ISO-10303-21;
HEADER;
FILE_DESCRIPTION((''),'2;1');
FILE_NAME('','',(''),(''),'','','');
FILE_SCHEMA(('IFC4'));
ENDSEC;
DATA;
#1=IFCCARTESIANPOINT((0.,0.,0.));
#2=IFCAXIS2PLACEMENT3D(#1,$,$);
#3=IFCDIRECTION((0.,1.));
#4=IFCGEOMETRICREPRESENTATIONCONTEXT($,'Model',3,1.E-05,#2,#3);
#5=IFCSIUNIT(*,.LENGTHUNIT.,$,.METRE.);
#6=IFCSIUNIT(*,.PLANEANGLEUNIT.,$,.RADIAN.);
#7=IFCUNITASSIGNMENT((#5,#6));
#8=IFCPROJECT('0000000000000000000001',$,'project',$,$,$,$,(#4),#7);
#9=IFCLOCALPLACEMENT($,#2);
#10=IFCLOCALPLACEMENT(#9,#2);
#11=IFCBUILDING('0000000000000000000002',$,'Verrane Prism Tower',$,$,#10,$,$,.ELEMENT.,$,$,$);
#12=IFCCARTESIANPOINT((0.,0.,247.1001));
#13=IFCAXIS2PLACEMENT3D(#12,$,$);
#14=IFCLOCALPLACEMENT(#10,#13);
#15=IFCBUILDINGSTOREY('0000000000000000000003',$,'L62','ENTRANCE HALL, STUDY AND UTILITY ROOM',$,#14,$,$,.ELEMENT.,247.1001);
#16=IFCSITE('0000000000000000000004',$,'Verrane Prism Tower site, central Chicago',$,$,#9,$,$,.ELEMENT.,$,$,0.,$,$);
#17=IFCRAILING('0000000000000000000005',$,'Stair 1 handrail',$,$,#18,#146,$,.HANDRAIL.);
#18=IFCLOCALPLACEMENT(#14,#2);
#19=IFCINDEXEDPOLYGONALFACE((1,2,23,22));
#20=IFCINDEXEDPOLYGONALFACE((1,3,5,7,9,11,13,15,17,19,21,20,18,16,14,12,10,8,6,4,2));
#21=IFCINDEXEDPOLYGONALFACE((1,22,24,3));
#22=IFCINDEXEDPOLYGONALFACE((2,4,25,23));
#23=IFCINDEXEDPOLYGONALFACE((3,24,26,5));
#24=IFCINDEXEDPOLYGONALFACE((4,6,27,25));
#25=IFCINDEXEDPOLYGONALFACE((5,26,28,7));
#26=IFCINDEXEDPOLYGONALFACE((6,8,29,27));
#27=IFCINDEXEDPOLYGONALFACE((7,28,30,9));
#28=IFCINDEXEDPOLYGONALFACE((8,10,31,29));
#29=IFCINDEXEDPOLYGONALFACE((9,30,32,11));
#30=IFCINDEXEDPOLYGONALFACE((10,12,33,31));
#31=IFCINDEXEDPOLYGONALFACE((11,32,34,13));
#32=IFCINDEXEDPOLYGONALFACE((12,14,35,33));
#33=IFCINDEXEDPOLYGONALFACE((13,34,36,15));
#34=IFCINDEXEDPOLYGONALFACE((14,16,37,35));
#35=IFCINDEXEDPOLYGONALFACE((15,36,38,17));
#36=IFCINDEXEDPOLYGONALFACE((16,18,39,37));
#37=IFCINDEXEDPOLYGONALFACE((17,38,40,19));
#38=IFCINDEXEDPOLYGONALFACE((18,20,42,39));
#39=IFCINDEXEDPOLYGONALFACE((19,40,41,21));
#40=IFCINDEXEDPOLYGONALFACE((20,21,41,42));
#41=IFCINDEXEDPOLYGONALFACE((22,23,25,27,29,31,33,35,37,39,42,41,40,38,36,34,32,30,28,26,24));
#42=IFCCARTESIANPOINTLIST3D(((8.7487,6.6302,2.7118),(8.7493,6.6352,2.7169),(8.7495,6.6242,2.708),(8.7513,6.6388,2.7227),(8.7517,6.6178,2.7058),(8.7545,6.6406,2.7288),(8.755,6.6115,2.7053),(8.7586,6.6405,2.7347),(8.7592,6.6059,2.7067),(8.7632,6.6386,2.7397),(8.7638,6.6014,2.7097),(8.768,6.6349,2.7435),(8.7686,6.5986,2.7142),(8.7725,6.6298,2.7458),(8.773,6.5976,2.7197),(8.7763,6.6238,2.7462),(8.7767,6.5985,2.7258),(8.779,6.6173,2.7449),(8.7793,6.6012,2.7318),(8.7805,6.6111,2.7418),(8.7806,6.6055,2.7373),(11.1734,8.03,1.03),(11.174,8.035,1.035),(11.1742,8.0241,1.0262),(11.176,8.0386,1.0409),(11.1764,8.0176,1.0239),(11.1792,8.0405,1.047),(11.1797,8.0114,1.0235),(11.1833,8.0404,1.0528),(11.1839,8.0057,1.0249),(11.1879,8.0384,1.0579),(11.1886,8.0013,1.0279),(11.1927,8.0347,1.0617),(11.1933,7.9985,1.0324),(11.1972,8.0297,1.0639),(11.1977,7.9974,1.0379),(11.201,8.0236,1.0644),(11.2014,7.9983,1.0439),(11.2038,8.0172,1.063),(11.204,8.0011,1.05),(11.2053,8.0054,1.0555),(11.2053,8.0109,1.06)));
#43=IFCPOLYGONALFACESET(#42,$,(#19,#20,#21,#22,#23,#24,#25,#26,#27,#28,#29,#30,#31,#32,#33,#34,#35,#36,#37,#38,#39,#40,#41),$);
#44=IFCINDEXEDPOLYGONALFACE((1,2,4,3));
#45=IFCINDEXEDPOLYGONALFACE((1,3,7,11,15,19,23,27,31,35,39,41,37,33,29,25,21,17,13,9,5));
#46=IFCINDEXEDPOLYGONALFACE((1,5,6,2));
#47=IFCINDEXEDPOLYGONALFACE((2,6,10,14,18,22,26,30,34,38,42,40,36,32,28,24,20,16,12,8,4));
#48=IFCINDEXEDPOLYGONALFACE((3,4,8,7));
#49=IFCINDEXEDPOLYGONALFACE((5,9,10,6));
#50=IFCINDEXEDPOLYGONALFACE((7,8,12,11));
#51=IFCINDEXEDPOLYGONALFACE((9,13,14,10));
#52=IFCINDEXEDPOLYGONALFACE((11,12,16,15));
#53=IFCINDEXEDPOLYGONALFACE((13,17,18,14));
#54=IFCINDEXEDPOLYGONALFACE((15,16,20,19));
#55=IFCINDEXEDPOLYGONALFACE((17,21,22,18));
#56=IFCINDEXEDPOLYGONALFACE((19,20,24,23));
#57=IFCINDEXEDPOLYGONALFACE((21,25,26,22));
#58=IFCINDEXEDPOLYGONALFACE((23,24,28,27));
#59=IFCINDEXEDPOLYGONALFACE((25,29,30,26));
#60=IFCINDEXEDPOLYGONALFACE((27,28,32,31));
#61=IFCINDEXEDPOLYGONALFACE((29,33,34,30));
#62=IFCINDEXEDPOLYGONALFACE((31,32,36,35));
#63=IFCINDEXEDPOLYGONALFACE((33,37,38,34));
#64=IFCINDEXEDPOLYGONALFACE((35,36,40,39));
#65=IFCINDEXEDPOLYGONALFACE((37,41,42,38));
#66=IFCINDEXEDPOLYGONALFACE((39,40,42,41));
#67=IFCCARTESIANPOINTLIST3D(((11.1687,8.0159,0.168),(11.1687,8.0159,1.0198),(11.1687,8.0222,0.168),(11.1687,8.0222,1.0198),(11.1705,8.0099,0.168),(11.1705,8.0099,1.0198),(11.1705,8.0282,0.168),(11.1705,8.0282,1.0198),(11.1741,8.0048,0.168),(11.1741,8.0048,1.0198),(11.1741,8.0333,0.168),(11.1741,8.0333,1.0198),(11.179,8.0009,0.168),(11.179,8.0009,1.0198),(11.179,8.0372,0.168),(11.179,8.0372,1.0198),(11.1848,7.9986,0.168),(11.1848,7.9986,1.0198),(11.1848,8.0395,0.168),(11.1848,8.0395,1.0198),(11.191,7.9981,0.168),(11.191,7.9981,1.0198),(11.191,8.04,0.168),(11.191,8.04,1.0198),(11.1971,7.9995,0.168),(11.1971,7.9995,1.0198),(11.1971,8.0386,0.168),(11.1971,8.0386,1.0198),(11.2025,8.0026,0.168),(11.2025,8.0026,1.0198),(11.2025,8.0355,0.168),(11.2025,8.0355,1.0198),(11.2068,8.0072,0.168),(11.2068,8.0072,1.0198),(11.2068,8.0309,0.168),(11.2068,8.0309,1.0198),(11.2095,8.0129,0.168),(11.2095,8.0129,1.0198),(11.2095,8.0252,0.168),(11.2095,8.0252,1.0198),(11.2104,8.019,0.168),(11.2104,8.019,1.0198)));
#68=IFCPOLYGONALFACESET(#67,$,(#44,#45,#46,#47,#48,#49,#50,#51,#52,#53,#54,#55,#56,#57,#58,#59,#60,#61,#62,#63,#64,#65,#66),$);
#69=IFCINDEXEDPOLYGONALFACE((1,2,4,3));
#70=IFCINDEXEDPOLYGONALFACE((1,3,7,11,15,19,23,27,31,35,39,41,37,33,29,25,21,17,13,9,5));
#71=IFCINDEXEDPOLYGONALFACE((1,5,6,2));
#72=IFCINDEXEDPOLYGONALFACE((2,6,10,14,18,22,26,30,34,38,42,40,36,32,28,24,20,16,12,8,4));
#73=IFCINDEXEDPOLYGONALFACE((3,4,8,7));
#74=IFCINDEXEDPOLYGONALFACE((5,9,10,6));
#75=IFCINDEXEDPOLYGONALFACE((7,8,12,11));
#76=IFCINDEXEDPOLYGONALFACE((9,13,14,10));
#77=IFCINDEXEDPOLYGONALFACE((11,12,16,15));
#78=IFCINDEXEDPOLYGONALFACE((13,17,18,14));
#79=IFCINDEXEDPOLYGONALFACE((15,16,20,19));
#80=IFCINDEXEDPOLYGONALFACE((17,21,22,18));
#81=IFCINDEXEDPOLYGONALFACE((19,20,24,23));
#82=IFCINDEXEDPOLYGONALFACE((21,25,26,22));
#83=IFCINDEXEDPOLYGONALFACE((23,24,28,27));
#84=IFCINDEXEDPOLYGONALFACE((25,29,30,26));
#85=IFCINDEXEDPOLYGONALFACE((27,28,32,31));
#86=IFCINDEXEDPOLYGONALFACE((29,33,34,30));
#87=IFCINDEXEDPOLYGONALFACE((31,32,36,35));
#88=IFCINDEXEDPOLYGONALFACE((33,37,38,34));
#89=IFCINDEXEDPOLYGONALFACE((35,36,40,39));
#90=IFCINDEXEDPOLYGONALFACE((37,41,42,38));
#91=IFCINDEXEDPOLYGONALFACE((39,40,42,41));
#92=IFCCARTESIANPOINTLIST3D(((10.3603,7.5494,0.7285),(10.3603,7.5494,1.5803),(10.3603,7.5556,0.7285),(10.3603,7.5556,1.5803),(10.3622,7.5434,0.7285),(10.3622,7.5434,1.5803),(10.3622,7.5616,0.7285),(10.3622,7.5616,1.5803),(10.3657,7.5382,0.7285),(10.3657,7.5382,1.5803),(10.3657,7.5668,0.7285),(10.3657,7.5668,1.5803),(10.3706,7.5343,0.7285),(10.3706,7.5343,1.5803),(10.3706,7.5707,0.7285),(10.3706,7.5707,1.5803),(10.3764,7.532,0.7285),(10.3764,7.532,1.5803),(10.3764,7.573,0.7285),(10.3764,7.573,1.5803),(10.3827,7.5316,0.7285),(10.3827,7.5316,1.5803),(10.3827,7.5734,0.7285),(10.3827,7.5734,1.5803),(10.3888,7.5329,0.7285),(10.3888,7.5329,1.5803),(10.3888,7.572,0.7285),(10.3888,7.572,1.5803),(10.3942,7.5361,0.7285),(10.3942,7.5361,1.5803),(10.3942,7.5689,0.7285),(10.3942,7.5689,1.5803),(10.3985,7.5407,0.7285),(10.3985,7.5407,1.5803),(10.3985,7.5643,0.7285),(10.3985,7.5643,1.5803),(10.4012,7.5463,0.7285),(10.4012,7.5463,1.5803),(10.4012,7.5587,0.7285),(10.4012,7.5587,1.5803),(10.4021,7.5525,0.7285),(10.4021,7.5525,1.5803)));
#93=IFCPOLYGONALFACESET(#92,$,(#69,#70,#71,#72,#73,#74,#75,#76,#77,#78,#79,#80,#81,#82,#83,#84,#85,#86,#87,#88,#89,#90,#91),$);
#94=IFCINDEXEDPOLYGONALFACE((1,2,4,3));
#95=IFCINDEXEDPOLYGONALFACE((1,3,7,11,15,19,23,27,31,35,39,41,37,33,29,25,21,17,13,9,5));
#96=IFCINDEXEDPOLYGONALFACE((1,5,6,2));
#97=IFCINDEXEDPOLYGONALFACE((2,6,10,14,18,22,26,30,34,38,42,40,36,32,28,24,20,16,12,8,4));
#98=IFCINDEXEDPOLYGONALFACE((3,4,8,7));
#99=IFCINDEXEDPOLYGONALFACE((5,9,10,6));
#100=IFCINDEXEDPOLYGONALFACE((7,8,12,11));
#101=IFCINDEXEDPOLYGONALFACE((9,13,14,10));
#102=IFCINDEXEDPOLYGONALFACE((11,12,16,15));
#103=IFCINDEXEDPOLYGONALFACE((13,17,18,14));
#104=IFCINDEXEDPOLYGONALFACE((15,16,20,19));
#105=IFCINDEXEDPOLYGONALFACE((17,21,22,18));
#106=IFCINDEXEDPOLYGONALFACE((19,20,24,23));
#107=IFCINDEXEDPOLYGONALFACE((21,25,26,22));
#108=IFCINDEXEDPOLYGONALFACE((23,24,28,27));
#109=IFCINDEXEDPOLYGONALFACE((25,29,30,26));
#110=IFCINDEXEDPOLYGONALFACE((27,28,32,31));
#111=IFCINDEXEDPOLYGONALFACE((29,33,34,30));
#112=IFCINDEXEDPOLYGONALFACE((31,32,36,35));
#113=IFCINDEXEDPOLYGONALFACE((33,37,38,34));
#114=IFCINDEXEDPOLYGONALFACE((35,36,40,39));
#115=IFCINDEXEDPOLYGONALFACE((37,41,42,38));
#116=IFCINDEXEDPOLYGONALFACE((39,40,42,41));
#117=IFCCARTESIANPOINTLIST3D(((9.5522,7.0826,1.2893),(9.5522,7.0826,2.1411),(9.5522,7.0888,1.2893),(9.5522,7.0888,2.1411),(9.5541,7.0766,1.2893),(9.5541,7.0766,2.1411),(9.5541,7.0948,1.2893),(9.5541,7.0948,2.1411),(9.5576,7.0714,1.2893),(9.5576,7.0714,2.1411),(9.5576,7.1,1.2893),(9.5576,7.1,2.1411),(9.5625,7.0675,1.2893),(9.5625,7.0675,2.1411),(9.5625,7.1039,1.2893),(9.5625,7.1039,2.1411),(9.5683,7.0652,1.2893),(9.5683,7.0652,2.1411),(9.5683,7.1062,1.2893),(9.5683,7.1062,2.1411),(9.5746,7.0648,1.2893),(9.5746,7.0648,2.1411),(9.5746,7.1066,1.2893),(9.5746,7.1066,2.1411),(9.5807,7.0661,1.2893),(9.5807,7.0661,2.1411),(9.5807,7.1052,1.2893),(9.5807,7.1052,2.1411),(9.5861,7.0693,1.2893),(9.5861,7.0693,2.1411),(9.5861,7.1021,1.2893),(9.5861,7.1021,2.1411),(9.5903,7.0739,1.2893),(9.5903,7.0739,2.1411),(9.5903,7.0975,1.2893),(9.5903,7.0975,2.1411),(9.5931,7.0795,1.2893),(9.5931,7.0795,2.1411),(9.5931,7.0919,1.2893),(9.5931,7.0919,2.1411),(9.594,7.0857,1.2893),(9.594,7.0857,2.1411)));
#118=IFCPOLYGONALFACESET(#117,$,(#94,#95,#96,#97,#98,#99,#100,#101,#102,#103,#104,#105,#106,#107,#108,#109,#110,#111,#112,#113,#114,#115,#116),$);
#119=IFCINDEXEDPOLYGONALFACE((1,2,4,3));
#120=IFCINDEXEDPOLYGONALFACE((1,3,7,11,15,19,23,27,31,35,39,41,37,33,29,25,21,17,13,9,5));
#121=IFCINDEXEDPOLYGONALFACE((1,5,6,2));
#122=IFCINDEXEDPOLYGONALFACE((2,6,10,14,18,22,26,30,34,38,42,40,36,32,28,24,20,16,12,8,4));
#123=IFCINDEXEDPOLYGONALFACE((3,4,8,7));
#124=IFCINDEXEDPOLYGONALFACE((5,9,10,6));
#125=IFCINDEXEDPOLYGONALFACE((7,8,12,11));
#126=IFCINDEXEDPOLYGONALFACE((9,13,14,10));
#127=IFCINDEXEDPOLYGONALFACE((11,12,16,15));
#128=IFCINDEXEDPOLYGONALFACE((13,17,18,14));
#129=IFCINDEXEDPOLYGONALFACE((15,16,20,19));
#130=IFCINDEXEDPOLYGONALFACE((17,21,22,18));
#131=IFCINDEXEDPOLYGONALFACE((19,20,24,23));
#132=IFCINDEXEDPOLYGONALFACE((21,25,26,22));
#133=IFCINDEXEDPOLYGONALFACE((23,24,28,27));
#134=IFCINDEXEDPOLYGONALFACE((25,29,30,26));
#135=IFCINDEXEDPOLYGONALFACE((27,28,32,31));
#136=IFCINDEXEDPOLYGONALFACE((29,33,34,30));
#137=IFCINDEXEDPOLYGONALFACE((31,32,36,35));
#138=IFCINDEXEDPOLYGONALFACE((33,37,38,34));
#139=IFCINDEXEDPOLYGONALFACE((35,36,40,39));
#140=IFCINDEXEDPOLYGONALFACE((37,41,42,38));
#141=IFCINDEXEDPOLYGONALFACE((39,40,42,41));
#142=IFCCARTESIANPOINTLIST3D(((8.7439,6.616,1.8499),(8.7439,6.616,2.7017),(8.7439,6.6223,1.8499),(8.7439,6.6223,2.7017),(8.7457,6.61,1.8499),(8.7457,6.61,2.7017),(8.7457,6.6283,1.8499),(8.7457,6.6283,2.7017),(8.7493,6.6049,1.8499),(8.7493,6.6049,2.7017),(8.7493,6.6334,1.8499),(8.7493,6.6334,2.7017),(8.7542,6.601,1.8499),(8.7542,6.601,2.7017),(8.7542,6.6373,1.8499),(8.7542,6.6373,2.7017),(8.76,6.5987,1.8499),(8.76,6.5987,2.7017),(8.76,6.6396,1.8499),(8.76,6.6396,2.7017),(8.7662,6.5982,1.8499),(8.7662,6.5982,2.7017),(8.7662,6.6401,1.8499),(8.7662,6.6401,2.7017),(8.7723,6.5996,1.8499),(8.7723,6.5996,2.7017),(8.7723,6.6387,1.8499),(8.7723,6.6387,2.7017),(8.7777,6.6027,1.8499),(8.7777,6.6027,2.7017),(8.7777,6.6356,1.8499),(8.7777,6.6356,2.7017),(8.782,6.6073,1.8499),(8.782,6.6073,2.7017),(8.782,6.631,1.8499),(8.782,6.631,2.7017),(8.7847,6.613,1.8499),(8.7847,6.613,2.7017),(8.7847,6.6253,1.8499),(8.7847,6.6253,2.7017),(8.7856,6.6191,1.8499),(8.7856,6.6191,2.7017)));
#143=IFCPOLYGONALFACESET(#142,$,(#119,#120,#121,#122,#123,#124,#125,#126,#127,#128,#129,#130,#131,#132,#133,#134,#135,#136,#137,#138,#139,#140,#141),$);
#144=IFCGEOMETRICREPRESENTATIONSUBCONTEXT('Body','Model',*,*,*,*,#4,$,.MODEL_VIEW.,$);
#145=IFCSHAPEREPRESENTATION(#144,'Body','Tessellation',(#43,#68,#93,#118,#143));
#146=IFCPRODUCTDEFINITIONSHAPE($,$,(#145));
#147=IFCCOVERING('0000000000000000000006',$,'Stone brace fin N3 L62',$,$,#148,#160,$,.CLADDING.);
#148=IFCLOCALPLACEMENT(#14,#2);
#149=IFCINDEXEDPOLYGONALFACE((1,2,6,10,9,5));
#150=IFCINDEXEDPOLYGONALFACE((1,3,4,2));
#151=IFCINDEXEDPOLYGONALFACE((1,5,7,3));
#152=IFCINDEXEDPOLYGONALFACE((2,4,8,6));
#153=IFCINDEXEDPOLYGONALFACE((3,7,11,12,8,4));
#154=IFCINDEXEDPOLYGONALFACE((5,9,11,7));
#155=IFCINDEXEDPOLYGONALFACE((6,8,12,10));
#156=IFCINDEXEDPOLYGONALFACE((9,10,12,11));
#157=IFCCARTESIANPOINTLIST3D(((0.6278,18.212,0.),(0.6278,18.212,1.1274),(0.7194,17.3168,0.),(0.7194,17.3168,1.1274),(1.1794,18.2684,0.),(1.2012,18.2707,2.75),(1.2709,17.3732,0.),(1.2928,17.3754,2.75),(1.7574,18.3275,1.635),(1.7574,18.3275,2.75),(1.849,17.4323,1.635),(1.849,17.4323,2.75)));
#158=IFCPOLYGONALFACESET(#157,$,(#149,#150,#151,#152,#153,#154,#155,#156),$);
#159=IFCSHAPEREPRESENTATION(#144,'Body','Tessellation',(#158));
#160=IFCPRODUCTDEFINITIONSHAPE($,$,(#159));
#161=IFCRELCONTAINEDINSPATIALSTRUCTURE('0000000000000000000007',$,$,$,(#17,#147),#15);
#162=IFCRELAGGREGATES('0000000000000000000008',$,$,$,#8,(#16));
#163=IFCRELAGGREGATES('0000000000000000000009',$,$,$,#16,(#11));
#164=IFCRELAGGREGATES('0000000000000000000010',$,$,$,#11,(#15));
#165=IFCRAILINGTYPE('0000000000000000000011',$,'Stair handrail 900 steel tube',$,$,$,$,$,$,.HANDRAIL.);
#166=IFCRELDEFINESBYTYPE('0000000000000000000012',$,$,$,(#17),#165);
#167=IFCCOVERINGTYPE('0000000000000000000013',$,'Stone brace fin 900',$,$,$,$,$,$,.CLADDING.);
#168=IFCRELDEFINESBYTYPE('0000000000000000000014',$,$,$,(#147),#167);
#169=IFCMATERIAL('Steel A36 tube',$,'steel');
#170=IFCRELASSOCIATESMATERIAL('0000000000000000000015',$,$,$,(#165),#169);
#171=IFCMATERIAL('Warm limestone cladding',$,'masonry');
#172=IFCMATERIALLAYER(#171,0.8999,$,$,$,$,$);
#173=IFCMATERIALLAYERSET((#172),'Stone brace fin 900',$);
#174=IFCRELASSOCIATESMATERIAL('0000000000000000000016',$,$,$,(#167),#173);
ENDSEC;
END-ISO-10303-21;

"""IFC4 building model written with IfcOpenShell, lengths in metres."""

from ifc_helpers import new_model, si_unit, direction, frame, origin, origin_2d, place, context, subcontext, project, spatial, polyline, circle, outline, extrude, material, layer, layer_set, type_object, element, save


model = new_model("IFC4")

# Units and contexts
model_context = context("Model", 3, precision=1e-05, world=origin(), true_north=direction((0.0, 1.0)))
body_context = subcontext(model_context, "Body", "Model", "MODEL_VIEW")
ifc_project = project(units=[si_unit("LENGTHUNIT", "METRE"), si_unit("PLANEANGLEUNIT", "RADIAN")], contexts=[model_context])

# Site, building, storey
site_placement = place(None, origin())
site = spatial("IfcSite", under=ifc_project, at=site_placement, Name="Verrane Prism Tower site, central Chicago", CompositionType="ELEMENT", RefElevation=0.0)
building_placement = place(site_placement, origin())
building = spatial("IfcBuilding", under=site, at=building_placement, Name="Verrane Prism Tower", CompositionType="ELEMENT")
storey_placement = place(building_placement, frame((0.0, 0.0, 247.1001)))
storey = spatial("IfcBuildingStorey", under=building, at=storey_placement, Name="L62", Description="ENTRANCE HALL, STUDY AND UTILITY ROOM", CompositionType="ELEMENT", Elevation=247.1001)

# Railing
ifc_material_1 = material(Name="Steel A36 tube", Category="steel")
railing_type = type_object("IfcRailingType", Name="Stair handrail 900 steel tube", PredefinedType="HANDRAIL", material=ifc_material_1)
railing_placement = place(storey_placement, frame((11.1895, 8.019, 0.168)))
element("IfcRailing", 1, at=railing_placement, inside=storey, type_object=railing_type, Name="Stair 1 handrail", PredefinedType="HANDRAIL", context=body_context, shape_type="SweptSolid", body=[
    extrude(circle(Radius=0.0239, at=origin_2d()), frame((0.0, 0.0, 0.876), z_axis=(-0.74239, -0.428601, 0.514934), x_axis=(0.499984, -0.866035, 0.0)), (0.0, 0.0, 1.0), 3.2661),
    extrude(circle(Radius=0.021, at=origin_2d()), origin(), (0.0, 0.0, 1.0), 0.8518),
    extrude(circle(Radius=0.021, at=origin_2d()), frame((-0.8083, -0.4666, 0.5605)), (0.0, 0.0, 1.0), 0.8518),
    extrude(circle(Radius=0.021, at=origin_2d()), frame((-1.6165, -0.9333, 1.1213)), (0.0, 0.0, 1.0), 0.8518),
    extrude(circle(Radius=0.021, at=origin_2d()), frame((-2.4248, -1.3999, 1.6819)), (0.0, 0.0, 1.0), 0.8518),
])

# Covering
ifc_material_2 = material(Name="Warm limestone cladding", Category="masonry")
ifc_layer_1 = layer(ifc_material_2, 0.8999)
ifc_layer_set_1 = layer_set([ifc_layer_1], Name="Stone brace fin 900")
covering_type = type_object("IfcCoveringType", Name="Stone brace fin 900", PredefinedType="CLADDING", material=ifc_layer_set_1)
covering_placement = place(storey_placement, frame((0.6736, 17.7644, 0.0), z_axis=(0.0, 0.0, 1.0), x_axis=(0.994813, 0.101718, 0.0)))
element("IfcCovering", 2, at=covering_placement, inside=storey, type_object=covering_type, Name="Stone brace fin N3 L62", PredefinedType="CLADDING", context=body_context, shape_type="SweptSolid", body=[
    extrude(outline(polyline([(1.1355, 2.75), (0.5764, 2.75), (0.0, 1.1274), (0.0, 0.0), (0.5544, 0.0), (1.1355, 1.635), (1.1355, 2.75)])), frame((0.0, 0.45, 0.0), z_axis=(0.0, -1.0, 0.0), x_axis=(1.0, 0.0, 0.0)), (0.0, 0.0, 1.0), 0.8999),
])

save(model, "model.ifc")
